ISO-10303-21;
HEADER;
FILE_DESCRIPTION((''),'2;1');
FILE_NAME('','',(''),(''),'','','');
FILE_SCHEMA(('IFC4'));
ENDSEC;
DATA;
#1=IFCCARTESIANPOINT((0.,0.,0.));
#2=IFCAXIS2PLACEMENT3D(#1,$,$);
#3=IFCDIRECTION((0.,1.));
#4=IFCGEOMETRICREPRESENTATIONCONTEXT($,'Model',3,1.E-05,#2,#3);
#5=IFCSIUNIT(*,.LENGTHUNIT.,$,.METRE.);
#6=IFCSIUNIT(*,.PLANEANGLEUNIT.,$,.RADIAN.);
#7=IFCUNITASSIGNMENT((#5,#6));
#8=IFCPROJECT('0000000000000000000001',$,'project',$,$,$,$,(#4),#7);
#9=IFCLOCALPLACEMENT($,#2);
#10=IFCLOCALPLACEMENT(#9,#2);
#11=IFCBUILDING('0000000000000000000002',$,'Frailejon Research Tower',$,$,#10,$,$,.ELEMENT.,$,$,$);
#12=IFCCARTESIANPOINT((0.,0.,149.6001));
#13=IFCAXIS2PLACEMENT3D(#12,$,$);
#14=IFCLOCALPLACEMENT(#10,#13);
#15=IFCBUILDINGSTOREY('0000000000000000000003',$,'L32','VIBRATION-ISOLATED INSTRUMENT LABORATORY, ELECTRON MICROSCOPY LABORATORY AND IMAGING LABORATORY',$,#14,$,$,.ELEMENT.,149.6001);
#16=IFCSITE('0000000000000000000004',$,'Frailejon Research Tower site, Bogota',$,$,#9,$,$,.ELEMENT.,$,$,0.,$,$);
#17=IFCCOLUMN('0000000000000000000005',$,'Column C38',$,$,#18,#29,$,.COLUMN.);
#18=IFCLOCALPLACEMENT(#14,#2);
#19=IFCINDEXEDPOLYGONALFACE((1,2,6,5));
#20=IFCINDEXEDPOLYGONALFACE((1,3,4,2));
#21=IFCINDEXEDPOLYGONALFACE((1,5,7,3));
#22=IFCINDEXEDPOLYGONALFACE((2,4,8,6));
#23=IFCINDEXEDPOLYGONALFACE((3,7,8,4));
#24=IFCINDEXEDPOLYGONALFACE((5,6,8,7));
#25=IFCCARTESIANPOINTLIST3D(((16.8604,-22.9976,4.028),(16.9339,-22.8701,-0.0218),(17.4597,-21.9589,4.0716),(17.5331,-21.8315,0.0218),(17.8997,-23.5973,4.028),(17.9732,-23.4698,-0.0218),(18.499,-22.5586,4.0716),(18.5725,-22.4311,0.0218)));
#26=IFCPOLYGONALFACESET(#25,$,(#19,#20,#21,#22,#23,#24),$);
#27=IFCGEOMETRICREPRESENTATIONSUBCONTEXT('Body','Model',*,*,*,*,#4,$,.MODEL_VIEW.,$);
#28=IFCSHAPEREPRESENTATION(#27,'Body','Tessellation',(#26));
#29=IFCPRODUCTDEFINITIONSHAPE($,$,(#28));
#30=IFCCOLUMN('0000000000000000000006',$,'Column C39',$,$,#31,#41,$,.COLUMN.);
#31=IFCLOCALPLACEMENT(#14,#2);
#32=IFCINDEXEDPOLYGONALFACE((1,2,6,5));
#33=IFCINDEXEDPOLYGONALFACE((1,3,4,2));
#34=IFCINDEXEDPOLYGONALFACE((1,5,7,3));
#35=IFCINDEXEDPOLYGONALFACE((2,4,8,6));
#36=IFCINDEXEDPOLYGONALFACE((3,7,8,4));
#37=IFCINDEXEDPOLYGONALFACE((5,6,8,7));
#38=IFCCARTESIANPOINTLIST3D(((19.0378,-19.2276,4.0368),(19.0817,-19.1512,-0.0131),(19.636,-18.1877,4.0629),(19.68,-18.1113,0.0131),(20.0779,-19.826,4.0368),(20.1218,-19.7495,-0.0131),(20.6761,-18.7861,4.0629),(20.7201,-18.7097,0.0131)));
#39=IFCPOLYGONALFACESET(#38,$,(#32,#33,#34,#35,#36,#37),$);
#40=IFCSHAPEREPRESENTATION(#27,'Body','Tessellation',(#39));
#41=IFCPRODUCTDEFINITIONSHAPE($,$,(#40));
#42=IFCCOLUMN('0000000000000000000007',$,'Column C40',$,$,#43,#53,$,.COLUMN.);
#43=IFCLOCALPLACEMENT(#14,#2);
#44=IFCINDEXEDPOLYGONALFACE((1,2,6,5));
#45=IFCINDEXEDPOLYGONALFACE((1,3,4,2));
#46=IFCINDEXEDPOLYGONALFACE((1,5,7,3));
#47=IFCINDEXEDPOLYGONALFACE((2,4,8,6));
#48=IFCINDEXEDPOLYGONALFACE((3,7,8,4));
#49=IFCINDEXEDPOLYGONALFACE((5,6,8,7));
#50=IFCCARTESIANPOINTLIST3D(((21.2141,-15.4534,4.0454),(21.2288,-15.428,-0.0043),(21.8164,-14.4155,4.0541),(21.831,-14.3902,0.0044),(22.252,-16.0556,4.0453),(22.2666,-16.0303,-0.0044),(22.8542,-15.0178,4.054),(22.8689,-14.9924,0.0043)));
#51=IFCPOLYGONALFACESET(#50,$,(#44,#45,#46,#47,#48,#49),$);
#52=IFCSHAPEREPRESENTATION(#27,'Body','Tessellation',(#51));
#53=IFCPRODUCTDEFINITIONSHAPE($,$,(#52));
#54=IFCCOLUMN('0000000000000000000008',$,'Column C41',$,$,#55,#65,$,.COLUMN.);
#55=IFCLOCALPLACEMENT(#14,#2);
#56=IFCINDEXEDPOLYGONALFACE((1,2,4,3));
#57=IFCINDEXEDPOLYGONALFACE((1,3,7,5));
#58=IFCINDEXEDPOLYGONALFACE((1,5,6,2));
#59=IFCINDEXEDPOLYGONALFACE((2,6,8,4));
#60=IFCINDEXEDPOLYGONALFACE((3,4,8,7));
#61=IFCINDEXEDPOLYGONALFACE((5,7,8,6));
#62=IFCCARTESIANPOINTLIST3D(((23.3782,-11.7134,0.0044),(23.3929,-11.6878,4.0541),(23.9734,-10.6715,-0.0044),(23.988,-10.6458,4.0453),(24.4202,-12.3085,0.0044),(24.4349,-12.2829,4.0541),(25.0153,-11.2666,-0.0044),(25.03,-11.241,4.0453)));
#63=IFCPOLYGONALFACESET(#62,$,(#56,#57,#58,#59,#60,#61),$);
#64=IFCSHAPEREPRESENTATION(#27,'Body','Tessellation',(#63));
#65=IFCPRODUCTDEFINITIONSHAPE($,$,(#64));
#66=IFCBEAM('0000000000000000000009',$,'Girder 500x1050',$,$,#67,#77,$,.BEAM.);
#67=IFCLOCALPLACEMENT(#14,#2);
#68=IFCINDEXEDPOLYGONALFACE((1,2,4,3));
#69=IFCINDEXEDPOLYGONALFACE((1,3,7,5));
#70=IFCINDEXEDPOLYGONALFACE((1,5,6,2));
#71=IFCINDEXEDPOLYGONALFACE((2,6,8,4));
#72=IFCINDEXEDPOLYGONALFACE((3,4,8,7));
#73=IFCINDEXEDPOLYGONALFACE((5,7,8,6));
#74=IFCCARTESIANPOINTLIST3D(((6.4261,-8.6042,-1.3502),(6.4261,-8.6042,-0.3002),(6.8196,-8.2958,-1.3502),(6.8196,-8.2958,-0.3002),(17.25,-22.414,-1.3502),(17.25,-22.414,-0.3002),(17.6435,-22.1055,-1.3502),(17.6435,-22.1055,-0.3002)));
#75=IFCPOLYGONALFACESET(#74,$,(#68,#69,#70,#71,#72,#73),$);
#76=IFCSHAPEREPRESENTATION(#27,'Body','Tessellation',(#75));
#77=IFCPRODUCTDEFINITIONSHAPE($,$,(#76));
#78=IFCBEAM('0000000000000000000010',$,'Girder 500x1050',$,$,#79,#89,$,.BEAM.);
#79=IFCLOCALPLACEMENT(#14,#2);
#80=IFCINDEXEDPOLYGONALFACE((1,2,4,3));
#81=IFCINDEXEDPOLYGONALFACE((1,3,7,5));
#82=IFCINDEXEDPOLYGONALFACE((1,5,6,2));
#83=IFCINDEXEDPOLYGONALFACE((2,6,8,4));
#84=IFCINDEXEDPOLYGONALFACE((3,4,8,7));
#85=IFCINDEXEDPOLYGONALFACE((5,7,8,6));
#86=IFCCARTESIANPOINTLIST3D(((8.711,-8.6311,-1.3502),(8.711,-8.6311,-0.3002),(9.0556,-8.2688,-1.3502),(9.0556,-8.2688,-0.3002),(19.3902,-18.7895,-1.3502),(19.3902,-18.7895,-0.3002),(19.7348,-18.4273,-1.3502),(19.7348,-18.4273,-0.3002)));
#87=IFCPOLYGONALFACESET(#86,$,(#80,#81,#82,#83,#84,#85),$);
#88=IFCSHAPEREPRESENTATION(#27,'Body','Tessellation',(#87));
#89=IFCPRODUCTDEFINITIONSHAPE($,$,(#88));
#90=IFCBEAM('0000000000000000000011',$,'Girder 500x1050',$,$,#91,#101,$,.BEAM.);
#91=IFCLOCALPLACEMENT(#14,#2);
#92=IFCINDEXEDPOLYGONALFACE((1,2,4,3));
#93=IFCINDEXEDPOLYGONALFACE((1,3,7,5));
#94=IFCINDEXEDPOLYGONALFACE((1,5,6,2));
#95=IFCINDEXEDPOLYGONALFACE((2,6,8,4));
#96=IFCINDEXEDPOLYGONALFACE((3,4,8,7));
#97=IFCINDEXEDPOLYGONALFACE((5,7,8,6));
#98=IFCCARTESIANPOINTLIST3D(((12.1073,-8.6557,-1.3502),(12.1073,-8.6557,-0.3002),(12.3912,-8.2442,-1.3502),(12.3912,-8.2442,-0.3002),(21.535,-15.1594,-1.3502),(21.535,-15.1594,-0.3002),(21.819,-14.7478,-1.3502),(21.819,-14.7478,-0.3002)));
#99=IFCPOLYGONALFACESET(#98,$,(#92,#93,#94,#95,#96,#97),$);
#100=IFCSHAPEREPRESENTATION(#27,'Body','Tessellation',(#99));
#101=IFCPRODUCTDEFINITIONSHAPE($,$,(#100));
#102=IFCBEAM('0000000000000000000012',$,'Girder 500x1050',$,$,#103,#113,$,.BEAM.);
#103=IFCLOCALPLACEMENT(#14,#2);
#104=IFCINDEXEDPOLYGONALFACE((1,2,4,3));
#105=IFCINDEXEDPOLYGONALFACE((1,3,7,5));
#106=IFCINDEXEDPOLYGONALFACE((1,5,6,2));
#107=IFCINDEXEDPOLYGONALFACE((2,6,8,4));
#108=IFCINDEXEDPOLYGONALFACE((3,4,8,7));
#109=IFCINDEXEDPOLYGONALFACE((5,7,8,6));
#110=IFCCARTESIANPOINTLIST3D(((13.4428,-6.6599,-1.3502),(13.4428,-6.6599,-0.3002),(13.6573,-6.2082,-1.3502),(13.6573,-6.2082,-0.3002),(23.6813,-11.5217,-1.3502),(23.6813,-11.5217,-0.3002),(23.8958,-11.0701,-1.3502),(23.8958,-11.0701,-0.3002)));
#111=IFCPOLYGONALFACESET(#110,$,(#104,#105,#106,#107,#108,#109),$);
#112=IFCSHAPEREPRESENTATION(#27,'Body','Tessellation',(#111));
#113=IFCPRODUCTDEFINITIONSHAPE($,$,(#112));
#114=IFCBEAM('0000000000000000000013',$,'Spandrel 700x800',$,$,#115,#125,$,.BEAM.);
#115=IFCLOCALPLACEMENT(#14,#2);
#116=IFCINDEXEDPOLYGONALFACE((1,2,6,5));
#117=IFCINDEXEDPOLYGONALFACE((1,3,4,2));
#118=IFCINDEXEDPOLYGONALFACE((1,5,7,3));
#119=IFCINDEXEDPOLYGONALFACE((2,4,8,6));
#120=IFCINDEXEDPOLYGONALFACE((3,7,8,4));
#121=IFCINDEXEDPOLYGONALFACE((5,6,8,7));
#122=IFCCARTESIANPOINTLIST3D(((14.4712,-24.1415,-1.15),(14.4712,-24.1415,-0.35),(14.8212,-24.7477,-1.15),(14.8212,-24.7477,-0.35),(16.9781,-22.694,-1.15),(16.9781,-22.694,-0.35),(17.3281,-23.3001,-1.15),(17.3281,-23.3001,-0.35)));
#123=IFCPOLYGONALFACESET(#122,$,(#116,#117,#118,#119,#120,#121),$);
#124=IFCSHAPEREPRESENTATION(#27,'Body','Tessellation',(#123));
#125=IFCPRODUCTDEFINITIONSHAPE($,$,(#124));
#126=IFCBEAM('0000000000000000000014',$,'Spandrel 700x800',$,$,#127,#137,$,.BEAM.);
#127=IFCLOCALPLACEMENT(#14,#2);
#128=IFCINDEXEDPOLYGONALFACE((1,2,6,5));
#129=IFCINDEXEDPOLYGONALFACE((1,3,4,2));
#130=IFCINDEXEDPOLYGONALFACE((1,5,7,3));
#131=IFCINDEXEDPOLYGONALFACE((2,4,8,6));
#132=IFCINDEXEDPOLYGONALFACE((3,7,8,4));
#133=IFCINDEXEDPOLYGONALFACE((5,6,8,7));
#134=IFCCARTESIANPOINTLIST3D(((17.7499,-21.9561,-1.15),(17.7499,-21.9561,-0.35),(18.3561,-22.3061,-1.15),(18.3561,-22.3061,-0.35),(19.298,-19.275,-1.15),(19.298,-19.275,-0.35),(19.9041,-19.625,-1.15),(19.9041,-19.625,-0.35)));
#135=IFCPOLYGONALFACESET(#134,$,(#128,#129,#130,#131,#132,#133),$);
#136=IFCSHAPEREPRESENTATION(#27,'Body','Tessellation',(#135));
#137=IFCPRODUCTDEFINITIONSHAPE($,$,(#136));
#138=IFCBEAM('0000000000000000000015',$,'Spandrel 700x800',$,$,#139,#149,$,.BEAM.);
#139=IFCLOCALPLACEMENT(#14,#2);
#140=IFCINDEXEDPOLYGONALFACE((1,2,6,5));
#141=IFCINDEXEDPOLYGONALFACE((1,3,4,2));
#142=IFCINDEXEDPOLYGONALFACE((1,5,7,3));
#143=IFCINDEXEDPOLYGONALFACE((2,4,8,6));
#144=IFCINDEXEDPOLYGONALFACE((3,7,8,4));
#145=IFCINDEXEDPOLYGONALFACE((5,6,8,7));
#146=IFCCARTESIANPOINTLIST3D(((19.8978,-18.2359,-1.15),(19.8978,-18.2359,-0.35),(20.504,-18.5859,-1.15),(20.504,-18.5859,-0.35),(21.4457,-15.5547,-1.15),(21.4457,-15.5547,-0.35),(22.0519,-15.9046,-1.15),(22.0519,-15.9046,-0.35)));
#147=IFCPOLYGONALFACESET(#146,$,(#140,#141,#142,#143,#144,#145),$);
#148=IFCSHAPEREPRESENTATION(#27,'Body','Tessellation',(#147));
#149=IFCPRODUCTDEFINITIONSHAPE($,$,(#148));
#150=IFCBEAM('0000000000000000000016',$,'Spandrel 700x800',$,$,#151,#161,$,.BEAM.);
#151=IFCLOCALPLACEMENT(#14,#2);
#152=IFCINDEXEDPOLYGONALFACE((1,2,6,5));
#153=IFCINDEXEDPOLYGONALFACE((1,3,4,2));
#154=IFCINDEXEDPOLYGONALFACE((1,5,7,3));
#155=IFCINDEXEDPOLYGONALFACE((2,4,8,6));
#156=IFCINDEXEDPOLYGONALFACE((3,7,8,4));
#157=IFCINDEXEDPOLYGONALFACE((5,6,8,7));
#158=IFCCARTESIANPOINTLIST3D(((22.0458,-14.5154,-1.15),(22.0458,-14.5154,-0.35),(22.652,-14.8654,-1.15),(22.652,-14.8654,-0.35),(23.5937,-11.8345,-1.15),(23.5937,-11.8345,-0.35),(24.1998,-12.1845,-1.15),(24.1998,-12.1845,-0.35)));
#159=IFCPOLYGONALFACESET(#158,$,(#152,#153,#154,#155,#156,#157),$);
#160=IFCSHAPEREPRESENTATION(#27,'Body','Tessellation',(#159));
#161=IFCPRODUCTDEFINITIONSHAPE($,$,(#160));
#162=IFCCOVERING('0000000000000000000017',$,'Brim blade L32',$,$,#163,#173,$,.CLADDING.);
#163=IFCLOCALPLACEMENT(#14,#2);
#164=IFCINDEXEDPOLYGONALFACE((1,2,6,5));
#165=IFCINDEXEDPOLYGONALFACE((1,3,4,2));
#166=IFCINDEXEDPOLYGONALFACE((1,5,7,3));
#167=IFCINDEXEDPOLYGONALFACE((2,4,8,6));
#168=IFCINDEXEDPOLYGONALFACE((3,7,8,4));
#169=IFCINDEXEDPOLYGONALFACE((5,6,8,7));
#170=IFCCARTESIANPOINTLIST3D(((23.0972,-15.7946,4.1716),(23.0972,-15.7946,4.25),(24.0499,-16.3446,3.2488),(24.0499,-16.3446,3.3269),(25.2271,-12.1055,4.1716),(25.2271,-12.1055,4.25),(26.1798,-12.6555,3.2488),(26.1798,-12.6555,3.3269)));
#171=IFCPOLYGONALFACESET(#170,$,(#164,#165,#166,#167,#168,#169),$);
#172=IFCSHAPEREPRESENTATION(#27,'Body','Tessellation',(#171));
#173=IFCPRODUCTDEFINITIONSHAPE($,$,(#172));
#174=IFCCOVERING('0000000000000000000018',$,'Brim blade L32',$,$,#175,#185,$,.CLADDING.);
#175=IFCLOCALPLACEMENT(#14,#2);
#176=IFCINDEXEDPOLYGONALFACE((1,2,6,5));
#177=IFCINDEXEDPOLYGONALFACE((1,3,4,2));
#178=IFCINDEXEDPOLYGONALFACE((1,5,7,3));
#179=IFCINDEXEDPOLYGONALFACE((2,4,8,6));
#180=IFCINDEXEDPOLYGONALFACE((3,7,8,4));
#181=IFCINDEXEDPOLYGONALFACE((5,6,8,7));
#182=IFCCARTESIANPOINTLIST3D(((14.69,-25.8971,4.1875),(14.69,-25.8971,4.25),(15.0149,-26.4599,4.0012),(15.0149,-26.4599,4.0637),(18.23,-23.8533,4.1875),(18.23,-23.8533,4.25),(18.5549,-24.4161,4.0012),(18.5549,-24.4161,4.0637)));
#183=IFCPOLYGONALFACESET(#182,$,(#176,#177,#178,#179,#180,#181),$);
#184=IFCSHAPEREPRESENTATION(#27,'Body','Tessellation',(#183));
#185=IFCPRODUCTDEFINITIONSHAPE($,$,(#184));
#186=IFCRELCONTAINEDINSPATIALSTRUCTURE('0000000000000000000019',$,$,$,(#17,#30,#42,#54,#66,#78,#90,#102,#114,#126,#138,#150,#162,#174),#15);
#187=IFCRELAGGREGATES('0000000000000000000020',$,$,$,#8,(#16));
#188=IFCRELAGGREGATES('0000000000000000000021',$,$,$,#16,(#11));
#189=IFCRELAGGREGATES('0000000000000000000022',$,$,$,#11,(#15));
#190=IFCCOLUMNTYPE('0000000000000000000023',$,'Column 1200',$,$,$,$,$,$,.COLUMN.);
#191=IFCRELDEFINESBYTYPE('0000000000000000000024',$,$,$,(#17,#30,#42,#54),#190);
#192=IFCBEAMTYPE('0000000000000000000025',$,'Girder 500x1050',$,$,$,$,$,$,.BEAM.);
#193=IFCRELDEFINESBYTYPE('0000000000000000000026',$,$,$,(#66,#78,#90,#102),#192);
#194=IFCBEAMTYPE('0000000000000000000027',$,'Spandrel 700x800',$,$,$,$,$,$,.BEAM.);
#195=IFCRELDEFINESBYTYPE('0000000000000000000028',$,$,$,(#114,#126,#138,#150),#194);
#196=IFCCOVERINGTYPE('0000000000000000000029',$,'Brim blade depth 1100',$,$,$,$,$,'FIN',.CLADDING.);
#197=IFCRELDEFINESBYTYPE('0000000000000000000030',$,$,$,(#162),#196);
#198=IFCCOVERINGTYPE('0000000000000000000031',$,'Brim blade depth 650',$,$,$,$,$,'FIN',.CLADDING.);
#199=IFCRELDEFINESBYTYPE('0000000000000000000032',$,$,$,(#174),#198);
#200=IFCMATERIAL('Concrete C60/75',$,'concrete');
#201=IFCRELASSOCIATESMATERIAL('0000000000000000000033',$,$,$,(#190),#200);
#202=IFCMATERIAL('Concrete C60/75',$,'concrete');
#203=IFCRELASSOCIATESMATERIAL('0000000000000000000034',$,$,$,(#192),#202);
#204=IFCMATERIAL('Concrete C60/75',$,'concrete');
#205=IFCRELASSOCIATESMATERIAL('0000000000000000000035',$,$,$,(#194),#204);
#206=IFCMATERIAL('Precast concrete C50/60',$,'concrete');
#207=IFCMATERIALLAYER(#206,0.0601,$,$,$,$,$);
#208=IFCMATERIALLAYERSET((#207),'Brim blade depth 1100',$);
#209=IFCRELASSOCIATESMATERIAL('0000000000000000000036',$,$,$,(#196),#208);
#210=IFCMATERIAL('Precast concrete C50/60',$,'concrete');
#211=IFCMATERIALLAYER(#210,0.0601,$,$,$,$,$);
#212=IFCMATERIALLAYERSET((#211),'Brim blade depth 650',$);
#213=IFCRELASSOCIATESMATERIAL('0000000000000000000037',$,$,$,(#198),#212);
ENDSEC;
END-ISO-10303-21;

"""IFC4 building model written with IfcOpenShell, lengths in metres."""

from ifc_helpers import new_model, si_unit, direction, frame, origin, origin_2d, place, context, subcontext, project, spatial, polyline, rectangle, outline, extrude, material, layer, layer_set, material_profile, profile_set, type_object, element, save


model = new_model("IFC4")

# Units and contexts
model_context = context("Model", 3, precision=1e-05, world=origin(), true_north=direction((0.0, 1.0)))
body_context = subcontext(model_context, "Body", "Model", "MODEL_VIEW")
ifc_project = project(units=[si_unit("LENGTHUNIT", "METRE"), si_unit("PLANEANGLEUNIT", "RADIAN")], contexts=[model_context])

# Site, building, storey
site_placement = place(None, origin())
site = spatial("IfcSite", under=ifc_project, at=site_placement, Name="Frailejon Research Tower site, Bogota", CompositionType="ELEMENT", RefElevation=0.0)
building_placement = place(site_placement, origin())
building = spatial("IfcBuilding", under=site, at=building_placement, Name="Frailejon Research Tower", CompositionType="ELEMENT")
storey_placement = place(building_placement, frame((0.0, 0.0, 149.6001)))
storey = spatial("IfcBuildingStorey", under=building, at=storey_placement, Name="L32", Description="VIBRATION-ISOLATED INSTRUMENT LABORATORY, ELECTRON MICROSCOPY LABORATORY AND IMAGING LABORATORY", CompositionType="ELEMENT", Elevation=149.6001)

# Columns
ifc_material_1 = material(Name="Concrete C60/75", Category="concrete")
ifc_material_profile_1 = material_profile(ifc_material_1, rectangle(XDim=1.2, YDim=1.2, at=origin_2d()), Name="Column 1200")
ifc_profile_set_1 = profile_set([ifc_material_profile_1], Name="Concrete C60/75")
column_type = type_object("IfcColumnType", Name="Column 1200", PredefinedType="COLUMN", material=ifc_profile_set_1)
column_1_placement = place(storey_placement, frame((17.7532, -22.6506, 0.0), z_axis=(-0.018134, -0.031448, 0.999341), x_axis=(0.499425, 0.865596, 0.036301)))
element("IfcColumn", 1, at=column_1_placement, inside=storey, type_object=column_type, Name="Column C38", PredefinedType="COLUMN", context=body_context, shape_type="SweptSolid", body=[
    extrude(rectangle(XDim=1.2, YDim=1.2, at=origin_2d()), origin(), (0.0, 0.0, 1.0), 4.0525),
])
column_2_placement = place(storey_placement, frame((19.9009, -18.9304, 0.0), z_axis=(-0.010849, -0.018865, 0.999763), x_axis=(0.498562, 0.866581, 0.021762)))
element("IfcColumn", 2, at=column_2_placement, inside=storey, type_object=column_type, Name="Column C39", PredefinedType="COLUMN", context=body_context, shape_type="SweptSolid", body=[
    extrude(rectangle(XDim=1.2, YDim=1.2, at=origin_2d()), origin(), (0.0, 0.0, 1.0), 4.0508),
])
for number, where, z_axis, x_axis, name in (
    (3, (22.0488, -15.2102, 0.0), (-0.003617, -0.006269, 0.999974), (0.501883, 0.864905, 0.007238), "Column C40"),
    (4, (24.1968, -11.49, 0.0), (0.003617, 0.00633, 0.999973), (0.495951, 0.86832, -0.00729), "Column C41"),
):
    element("IfcColumn", number, at=place(storey_placement, frame(where, z_axis=z_axis, x_axis=x_axis)), inside=storey, type_object=column_type, Name=name, PredefinedType="COLUMN", context=body_context, shape_type="SweptSolid", body=[
        extrude(rectangle(XDim=1.2, YDim=1.2, at=origin_2d()), origin(), (0.0, 0.0, 1.0), 4.0498),
    ])

# Beams
ifc_material_2 = material(Name="Concrete C60/75", Category="concrete")
ifc_material_profile_2 = material_profile(ifc_material_2, rectangle(XDim=0.5, YDim=1.05, at=origin_2d()), Name="Girder 500x1050")
ifc_profile_set_2 = profile_set([ifc_material_profile_2], Name="Concrete C60/75")
beam_type_1 = type_object("IfcBeamType", Name="Girder 500x1050", PredefinedType="BEAM", material=ifc_profile_set_2)
beam_1_placement = place(storey_placement, frame((17.4468, -22.2598, -0.8252), z_axis=(-0.616884, 0.787054, 0.0), x_axis=(-0.787054, -0.616884, 0.0)))
element("IfcBeam", 5, at=beam_1_placement, inside=storey, type_object=beam_type_1, Name="Girder 500x1050", PredefinedType="BEAM", context=body_context, shape_type="SweptSolid", body=[
    extrude(rectangle(XDim=0.5, YDim=1.05, at=origin_2d()), origin(), (0.0, 0.0, 1.0), 17.5461),
])
beam_2_placement = place(storey_placement, frame((19.5625, -18.6084, -0.8252), z_axis=(-0.724552, 0.68922, 0.0), x_axis=(-0.68922, -0.724552, 0.0)))
element("IfcBeam", 6, at=beam_2_placement, inside=storey, type_object=beam_type_1, Name="Girder 500x1050", PredefinedType="BEAM", context=body_context, shape_type="SweptSolid", body=[
    extrude(rectangle(XDim=0.5, YDim=1.05, at=origin_2d()), origin(), (0.0, 0.0, 1.0), 14.739),
])
beam_3_placement = place(storey_placement, frame((21.677, -14.9536, -0.8252), z_axis=(-0.82314, 0.567838, 0.0), x_axis=(-0.567838, -0.82314, 0.0)))
element("IfcBeam", 7, at=beam_3_placement, inside=storey, type_object=beam_type_1, Name="Girder 500x1050", PredefinedType="BEAM", context=body_context, shape_type="SweptSolid", body=[
    extrude(rectangle(XDim=0.5, YDim=1.05, at=origin_2d()), origin(), (0.0, 0.0, 1.0), 11.4534),
])
beam_4_placement = place(storey_placement, frame((23.7886, -11.2959, -0.8252), z_axis=(-0.903328, 0.42895, 0.0), x_axis=(-0.42895, -0.903328, 0.0)))
element("IfcBeam", 8, at=beam_4_placement, inside=storey, type_object=beam_type_1, Name="Girder 500x1050", PredefinedType="BEAM", context=body_context, shape_type="SweptSolid", body=[
    extrude(rectangle(XDim=0.5, YDim=1.05, at=origin_2d()), origin(), (0.0, 0.0, 1.0), 11.3342),
])
ifc_material_3 = material(Name="Concrete C60/75", Category="concrete")
ifc_material_profile_3 = material_profile(ifc_material_3, rectangle(XDim=0.7, YDim=0.8, at=origin_2d()), Name="Spandrel 700x800")
ifc_profile_set_3 = profile_set([ifc_material_profile_3], Name="Concrete C60/75")
beam_type_2 = type_object("IfcBeamType", Name="Spandrel 700x800", PredefinedType="BEAM", material=ifc_profile_set_3)
beam_5_placement = place(storey_placement, frame((14.6462, -24.4446, -0.75), z_axis=(0.865997, 0.500049, 0.0), x_axis=(-0.500049, 0.865997, 0.0)))
element("IfcBeam", 9, at=beam_5_placement, inside=storey, type_object=beam_type_2, Name="Spandrel 700x800", PredefinedType="BEAM", context=body_context, shape_type="SweptSolid", body=[
    extrude(rectangle(XDim=0.7, YDim=0.8, at=origin_2d()), origin(), (0.0, 0.0, 1.0), 2.8948),
])
for number, where, z_axis, x_axis, name in (
    (10, (18.053, -22.1311, -0.75), (0.500032, 0.866007, 0.0), (-0.866007, 0.500032, 0.0), "Spandrel 700x800"),
    (11, (20.2009, -18.4109, -0.75), (0.499973, 0.866041, 0.0), (-0.866041, 0.499973, 0.0), "Spandrel 700x800"),
):
    element("IfcBeam", number, at=place(storey_placement, frame(where, z_axis=z_axis, x_axis=x_axis)), inside=storey, type_object=beam_type_2, Name=name, PredefinedType="BEAM", context=body_context, shape_type="SweptSolid", body=[
        extrude(rectangle(XDim=0.7, YDim=0.8, at=origin_2d()), origin(), (0.0, 0.0, 1.0), 3.0959),
    ])
beam_6_placement = place(storey_placement, frame((22.3489, -14.6904, -0.75), z_axis=(0.500007, 0.866021, 0.0), x_axis=(-0.866021, 0.500007, 0.0)))
element("IfcBeam", 12, at=beam_6_placement, inside=storey, type_object=beam_type_2, Name="Spandrel 700x800", PredefinedType="BEAM", context=body_context, shape_type="SweptSolid", body=[
    extrude(rectangle(XDim=0.7, YDim=0.8, at=origin_2d()), origin(), (0.0, 0.0, 1.0), 3.0957),
])

# Coverings
ifc_material_4 = material(Name="Precast concrete C50/60", Category="concrete")
ifc_layer_1 = layer(ifc_material_4, 0.0601)
ifc_layer_set_1 = layer_set([ifc_layer_1], Name="Brim blade depth 1100")
covering_type_1 = type_object("IfcCoveringType", Name="Brim blade depth 1100", ElementType="FIN", PredefinedType="CLADDING", material=ifc_layer_set_1)
covering_1_placement = place(storey_placement, frame((25.2271, -12.1055, 4.25), z_axis=(-0.499992, -0.86603, 0.0), x_axis=(0.86603, -0.499992, 0.0)))
element("IfcCovering", 13, at=covering_1_placement, inside=storey, type_object=covering_type_1, Name="Brim blade L32", PredefinedType="CLADDING", context=body_context, shape_type="SweptSolid", body=[
    extrude(outline(polyline([(0.0, -0.0784), (1.1001, -1.0012), (1.1001, -0.9231), (0.0, 0.0), (0.0, -0.0784)])), origin(), (0.0, 0.0, 1.0), 4.2598),
])
ifc_material_5 = material(Name="Precast concrete C50/60", Category="concrete")
ifc_layer_2 = layer(ifc_material_5, 0.0601)
ifc_layer_set_2 = layer_set([ifc_layer_2], Name="Brim blade depth 650")
covering_type_2 = type_object("IfcCoveringType", Name="Brim blade depth 650", ElementType="FIN", PredefinedType="CLADDING", material=ifc_layer_set_2)
covering_2_placement = place(storey_placement, frame((18.23, -23.8533, 4.25), z_axis=(-0.866027, -0.499997, 0.0), x_axis=(0.499997, -0.866027, 0.0)))
element("IfcCovering", 14, at=covering_2_placement, inside=storey, type_object=covering_type_2, Name="Brim blade L32", PredefinedType="CLADDING", context=body_context, shape_type="SweptSolid", body=[
    extrude(outline(polyline([(0.0, -0.0625), (0.6499, -0.2488), (0.6499, -0.1863), (0.0, 0.0), (0.0, -0.0625)])), origin(), (0.0, 0.0, 1.0), 4.0876),
])

save(model, "model.ifc")
